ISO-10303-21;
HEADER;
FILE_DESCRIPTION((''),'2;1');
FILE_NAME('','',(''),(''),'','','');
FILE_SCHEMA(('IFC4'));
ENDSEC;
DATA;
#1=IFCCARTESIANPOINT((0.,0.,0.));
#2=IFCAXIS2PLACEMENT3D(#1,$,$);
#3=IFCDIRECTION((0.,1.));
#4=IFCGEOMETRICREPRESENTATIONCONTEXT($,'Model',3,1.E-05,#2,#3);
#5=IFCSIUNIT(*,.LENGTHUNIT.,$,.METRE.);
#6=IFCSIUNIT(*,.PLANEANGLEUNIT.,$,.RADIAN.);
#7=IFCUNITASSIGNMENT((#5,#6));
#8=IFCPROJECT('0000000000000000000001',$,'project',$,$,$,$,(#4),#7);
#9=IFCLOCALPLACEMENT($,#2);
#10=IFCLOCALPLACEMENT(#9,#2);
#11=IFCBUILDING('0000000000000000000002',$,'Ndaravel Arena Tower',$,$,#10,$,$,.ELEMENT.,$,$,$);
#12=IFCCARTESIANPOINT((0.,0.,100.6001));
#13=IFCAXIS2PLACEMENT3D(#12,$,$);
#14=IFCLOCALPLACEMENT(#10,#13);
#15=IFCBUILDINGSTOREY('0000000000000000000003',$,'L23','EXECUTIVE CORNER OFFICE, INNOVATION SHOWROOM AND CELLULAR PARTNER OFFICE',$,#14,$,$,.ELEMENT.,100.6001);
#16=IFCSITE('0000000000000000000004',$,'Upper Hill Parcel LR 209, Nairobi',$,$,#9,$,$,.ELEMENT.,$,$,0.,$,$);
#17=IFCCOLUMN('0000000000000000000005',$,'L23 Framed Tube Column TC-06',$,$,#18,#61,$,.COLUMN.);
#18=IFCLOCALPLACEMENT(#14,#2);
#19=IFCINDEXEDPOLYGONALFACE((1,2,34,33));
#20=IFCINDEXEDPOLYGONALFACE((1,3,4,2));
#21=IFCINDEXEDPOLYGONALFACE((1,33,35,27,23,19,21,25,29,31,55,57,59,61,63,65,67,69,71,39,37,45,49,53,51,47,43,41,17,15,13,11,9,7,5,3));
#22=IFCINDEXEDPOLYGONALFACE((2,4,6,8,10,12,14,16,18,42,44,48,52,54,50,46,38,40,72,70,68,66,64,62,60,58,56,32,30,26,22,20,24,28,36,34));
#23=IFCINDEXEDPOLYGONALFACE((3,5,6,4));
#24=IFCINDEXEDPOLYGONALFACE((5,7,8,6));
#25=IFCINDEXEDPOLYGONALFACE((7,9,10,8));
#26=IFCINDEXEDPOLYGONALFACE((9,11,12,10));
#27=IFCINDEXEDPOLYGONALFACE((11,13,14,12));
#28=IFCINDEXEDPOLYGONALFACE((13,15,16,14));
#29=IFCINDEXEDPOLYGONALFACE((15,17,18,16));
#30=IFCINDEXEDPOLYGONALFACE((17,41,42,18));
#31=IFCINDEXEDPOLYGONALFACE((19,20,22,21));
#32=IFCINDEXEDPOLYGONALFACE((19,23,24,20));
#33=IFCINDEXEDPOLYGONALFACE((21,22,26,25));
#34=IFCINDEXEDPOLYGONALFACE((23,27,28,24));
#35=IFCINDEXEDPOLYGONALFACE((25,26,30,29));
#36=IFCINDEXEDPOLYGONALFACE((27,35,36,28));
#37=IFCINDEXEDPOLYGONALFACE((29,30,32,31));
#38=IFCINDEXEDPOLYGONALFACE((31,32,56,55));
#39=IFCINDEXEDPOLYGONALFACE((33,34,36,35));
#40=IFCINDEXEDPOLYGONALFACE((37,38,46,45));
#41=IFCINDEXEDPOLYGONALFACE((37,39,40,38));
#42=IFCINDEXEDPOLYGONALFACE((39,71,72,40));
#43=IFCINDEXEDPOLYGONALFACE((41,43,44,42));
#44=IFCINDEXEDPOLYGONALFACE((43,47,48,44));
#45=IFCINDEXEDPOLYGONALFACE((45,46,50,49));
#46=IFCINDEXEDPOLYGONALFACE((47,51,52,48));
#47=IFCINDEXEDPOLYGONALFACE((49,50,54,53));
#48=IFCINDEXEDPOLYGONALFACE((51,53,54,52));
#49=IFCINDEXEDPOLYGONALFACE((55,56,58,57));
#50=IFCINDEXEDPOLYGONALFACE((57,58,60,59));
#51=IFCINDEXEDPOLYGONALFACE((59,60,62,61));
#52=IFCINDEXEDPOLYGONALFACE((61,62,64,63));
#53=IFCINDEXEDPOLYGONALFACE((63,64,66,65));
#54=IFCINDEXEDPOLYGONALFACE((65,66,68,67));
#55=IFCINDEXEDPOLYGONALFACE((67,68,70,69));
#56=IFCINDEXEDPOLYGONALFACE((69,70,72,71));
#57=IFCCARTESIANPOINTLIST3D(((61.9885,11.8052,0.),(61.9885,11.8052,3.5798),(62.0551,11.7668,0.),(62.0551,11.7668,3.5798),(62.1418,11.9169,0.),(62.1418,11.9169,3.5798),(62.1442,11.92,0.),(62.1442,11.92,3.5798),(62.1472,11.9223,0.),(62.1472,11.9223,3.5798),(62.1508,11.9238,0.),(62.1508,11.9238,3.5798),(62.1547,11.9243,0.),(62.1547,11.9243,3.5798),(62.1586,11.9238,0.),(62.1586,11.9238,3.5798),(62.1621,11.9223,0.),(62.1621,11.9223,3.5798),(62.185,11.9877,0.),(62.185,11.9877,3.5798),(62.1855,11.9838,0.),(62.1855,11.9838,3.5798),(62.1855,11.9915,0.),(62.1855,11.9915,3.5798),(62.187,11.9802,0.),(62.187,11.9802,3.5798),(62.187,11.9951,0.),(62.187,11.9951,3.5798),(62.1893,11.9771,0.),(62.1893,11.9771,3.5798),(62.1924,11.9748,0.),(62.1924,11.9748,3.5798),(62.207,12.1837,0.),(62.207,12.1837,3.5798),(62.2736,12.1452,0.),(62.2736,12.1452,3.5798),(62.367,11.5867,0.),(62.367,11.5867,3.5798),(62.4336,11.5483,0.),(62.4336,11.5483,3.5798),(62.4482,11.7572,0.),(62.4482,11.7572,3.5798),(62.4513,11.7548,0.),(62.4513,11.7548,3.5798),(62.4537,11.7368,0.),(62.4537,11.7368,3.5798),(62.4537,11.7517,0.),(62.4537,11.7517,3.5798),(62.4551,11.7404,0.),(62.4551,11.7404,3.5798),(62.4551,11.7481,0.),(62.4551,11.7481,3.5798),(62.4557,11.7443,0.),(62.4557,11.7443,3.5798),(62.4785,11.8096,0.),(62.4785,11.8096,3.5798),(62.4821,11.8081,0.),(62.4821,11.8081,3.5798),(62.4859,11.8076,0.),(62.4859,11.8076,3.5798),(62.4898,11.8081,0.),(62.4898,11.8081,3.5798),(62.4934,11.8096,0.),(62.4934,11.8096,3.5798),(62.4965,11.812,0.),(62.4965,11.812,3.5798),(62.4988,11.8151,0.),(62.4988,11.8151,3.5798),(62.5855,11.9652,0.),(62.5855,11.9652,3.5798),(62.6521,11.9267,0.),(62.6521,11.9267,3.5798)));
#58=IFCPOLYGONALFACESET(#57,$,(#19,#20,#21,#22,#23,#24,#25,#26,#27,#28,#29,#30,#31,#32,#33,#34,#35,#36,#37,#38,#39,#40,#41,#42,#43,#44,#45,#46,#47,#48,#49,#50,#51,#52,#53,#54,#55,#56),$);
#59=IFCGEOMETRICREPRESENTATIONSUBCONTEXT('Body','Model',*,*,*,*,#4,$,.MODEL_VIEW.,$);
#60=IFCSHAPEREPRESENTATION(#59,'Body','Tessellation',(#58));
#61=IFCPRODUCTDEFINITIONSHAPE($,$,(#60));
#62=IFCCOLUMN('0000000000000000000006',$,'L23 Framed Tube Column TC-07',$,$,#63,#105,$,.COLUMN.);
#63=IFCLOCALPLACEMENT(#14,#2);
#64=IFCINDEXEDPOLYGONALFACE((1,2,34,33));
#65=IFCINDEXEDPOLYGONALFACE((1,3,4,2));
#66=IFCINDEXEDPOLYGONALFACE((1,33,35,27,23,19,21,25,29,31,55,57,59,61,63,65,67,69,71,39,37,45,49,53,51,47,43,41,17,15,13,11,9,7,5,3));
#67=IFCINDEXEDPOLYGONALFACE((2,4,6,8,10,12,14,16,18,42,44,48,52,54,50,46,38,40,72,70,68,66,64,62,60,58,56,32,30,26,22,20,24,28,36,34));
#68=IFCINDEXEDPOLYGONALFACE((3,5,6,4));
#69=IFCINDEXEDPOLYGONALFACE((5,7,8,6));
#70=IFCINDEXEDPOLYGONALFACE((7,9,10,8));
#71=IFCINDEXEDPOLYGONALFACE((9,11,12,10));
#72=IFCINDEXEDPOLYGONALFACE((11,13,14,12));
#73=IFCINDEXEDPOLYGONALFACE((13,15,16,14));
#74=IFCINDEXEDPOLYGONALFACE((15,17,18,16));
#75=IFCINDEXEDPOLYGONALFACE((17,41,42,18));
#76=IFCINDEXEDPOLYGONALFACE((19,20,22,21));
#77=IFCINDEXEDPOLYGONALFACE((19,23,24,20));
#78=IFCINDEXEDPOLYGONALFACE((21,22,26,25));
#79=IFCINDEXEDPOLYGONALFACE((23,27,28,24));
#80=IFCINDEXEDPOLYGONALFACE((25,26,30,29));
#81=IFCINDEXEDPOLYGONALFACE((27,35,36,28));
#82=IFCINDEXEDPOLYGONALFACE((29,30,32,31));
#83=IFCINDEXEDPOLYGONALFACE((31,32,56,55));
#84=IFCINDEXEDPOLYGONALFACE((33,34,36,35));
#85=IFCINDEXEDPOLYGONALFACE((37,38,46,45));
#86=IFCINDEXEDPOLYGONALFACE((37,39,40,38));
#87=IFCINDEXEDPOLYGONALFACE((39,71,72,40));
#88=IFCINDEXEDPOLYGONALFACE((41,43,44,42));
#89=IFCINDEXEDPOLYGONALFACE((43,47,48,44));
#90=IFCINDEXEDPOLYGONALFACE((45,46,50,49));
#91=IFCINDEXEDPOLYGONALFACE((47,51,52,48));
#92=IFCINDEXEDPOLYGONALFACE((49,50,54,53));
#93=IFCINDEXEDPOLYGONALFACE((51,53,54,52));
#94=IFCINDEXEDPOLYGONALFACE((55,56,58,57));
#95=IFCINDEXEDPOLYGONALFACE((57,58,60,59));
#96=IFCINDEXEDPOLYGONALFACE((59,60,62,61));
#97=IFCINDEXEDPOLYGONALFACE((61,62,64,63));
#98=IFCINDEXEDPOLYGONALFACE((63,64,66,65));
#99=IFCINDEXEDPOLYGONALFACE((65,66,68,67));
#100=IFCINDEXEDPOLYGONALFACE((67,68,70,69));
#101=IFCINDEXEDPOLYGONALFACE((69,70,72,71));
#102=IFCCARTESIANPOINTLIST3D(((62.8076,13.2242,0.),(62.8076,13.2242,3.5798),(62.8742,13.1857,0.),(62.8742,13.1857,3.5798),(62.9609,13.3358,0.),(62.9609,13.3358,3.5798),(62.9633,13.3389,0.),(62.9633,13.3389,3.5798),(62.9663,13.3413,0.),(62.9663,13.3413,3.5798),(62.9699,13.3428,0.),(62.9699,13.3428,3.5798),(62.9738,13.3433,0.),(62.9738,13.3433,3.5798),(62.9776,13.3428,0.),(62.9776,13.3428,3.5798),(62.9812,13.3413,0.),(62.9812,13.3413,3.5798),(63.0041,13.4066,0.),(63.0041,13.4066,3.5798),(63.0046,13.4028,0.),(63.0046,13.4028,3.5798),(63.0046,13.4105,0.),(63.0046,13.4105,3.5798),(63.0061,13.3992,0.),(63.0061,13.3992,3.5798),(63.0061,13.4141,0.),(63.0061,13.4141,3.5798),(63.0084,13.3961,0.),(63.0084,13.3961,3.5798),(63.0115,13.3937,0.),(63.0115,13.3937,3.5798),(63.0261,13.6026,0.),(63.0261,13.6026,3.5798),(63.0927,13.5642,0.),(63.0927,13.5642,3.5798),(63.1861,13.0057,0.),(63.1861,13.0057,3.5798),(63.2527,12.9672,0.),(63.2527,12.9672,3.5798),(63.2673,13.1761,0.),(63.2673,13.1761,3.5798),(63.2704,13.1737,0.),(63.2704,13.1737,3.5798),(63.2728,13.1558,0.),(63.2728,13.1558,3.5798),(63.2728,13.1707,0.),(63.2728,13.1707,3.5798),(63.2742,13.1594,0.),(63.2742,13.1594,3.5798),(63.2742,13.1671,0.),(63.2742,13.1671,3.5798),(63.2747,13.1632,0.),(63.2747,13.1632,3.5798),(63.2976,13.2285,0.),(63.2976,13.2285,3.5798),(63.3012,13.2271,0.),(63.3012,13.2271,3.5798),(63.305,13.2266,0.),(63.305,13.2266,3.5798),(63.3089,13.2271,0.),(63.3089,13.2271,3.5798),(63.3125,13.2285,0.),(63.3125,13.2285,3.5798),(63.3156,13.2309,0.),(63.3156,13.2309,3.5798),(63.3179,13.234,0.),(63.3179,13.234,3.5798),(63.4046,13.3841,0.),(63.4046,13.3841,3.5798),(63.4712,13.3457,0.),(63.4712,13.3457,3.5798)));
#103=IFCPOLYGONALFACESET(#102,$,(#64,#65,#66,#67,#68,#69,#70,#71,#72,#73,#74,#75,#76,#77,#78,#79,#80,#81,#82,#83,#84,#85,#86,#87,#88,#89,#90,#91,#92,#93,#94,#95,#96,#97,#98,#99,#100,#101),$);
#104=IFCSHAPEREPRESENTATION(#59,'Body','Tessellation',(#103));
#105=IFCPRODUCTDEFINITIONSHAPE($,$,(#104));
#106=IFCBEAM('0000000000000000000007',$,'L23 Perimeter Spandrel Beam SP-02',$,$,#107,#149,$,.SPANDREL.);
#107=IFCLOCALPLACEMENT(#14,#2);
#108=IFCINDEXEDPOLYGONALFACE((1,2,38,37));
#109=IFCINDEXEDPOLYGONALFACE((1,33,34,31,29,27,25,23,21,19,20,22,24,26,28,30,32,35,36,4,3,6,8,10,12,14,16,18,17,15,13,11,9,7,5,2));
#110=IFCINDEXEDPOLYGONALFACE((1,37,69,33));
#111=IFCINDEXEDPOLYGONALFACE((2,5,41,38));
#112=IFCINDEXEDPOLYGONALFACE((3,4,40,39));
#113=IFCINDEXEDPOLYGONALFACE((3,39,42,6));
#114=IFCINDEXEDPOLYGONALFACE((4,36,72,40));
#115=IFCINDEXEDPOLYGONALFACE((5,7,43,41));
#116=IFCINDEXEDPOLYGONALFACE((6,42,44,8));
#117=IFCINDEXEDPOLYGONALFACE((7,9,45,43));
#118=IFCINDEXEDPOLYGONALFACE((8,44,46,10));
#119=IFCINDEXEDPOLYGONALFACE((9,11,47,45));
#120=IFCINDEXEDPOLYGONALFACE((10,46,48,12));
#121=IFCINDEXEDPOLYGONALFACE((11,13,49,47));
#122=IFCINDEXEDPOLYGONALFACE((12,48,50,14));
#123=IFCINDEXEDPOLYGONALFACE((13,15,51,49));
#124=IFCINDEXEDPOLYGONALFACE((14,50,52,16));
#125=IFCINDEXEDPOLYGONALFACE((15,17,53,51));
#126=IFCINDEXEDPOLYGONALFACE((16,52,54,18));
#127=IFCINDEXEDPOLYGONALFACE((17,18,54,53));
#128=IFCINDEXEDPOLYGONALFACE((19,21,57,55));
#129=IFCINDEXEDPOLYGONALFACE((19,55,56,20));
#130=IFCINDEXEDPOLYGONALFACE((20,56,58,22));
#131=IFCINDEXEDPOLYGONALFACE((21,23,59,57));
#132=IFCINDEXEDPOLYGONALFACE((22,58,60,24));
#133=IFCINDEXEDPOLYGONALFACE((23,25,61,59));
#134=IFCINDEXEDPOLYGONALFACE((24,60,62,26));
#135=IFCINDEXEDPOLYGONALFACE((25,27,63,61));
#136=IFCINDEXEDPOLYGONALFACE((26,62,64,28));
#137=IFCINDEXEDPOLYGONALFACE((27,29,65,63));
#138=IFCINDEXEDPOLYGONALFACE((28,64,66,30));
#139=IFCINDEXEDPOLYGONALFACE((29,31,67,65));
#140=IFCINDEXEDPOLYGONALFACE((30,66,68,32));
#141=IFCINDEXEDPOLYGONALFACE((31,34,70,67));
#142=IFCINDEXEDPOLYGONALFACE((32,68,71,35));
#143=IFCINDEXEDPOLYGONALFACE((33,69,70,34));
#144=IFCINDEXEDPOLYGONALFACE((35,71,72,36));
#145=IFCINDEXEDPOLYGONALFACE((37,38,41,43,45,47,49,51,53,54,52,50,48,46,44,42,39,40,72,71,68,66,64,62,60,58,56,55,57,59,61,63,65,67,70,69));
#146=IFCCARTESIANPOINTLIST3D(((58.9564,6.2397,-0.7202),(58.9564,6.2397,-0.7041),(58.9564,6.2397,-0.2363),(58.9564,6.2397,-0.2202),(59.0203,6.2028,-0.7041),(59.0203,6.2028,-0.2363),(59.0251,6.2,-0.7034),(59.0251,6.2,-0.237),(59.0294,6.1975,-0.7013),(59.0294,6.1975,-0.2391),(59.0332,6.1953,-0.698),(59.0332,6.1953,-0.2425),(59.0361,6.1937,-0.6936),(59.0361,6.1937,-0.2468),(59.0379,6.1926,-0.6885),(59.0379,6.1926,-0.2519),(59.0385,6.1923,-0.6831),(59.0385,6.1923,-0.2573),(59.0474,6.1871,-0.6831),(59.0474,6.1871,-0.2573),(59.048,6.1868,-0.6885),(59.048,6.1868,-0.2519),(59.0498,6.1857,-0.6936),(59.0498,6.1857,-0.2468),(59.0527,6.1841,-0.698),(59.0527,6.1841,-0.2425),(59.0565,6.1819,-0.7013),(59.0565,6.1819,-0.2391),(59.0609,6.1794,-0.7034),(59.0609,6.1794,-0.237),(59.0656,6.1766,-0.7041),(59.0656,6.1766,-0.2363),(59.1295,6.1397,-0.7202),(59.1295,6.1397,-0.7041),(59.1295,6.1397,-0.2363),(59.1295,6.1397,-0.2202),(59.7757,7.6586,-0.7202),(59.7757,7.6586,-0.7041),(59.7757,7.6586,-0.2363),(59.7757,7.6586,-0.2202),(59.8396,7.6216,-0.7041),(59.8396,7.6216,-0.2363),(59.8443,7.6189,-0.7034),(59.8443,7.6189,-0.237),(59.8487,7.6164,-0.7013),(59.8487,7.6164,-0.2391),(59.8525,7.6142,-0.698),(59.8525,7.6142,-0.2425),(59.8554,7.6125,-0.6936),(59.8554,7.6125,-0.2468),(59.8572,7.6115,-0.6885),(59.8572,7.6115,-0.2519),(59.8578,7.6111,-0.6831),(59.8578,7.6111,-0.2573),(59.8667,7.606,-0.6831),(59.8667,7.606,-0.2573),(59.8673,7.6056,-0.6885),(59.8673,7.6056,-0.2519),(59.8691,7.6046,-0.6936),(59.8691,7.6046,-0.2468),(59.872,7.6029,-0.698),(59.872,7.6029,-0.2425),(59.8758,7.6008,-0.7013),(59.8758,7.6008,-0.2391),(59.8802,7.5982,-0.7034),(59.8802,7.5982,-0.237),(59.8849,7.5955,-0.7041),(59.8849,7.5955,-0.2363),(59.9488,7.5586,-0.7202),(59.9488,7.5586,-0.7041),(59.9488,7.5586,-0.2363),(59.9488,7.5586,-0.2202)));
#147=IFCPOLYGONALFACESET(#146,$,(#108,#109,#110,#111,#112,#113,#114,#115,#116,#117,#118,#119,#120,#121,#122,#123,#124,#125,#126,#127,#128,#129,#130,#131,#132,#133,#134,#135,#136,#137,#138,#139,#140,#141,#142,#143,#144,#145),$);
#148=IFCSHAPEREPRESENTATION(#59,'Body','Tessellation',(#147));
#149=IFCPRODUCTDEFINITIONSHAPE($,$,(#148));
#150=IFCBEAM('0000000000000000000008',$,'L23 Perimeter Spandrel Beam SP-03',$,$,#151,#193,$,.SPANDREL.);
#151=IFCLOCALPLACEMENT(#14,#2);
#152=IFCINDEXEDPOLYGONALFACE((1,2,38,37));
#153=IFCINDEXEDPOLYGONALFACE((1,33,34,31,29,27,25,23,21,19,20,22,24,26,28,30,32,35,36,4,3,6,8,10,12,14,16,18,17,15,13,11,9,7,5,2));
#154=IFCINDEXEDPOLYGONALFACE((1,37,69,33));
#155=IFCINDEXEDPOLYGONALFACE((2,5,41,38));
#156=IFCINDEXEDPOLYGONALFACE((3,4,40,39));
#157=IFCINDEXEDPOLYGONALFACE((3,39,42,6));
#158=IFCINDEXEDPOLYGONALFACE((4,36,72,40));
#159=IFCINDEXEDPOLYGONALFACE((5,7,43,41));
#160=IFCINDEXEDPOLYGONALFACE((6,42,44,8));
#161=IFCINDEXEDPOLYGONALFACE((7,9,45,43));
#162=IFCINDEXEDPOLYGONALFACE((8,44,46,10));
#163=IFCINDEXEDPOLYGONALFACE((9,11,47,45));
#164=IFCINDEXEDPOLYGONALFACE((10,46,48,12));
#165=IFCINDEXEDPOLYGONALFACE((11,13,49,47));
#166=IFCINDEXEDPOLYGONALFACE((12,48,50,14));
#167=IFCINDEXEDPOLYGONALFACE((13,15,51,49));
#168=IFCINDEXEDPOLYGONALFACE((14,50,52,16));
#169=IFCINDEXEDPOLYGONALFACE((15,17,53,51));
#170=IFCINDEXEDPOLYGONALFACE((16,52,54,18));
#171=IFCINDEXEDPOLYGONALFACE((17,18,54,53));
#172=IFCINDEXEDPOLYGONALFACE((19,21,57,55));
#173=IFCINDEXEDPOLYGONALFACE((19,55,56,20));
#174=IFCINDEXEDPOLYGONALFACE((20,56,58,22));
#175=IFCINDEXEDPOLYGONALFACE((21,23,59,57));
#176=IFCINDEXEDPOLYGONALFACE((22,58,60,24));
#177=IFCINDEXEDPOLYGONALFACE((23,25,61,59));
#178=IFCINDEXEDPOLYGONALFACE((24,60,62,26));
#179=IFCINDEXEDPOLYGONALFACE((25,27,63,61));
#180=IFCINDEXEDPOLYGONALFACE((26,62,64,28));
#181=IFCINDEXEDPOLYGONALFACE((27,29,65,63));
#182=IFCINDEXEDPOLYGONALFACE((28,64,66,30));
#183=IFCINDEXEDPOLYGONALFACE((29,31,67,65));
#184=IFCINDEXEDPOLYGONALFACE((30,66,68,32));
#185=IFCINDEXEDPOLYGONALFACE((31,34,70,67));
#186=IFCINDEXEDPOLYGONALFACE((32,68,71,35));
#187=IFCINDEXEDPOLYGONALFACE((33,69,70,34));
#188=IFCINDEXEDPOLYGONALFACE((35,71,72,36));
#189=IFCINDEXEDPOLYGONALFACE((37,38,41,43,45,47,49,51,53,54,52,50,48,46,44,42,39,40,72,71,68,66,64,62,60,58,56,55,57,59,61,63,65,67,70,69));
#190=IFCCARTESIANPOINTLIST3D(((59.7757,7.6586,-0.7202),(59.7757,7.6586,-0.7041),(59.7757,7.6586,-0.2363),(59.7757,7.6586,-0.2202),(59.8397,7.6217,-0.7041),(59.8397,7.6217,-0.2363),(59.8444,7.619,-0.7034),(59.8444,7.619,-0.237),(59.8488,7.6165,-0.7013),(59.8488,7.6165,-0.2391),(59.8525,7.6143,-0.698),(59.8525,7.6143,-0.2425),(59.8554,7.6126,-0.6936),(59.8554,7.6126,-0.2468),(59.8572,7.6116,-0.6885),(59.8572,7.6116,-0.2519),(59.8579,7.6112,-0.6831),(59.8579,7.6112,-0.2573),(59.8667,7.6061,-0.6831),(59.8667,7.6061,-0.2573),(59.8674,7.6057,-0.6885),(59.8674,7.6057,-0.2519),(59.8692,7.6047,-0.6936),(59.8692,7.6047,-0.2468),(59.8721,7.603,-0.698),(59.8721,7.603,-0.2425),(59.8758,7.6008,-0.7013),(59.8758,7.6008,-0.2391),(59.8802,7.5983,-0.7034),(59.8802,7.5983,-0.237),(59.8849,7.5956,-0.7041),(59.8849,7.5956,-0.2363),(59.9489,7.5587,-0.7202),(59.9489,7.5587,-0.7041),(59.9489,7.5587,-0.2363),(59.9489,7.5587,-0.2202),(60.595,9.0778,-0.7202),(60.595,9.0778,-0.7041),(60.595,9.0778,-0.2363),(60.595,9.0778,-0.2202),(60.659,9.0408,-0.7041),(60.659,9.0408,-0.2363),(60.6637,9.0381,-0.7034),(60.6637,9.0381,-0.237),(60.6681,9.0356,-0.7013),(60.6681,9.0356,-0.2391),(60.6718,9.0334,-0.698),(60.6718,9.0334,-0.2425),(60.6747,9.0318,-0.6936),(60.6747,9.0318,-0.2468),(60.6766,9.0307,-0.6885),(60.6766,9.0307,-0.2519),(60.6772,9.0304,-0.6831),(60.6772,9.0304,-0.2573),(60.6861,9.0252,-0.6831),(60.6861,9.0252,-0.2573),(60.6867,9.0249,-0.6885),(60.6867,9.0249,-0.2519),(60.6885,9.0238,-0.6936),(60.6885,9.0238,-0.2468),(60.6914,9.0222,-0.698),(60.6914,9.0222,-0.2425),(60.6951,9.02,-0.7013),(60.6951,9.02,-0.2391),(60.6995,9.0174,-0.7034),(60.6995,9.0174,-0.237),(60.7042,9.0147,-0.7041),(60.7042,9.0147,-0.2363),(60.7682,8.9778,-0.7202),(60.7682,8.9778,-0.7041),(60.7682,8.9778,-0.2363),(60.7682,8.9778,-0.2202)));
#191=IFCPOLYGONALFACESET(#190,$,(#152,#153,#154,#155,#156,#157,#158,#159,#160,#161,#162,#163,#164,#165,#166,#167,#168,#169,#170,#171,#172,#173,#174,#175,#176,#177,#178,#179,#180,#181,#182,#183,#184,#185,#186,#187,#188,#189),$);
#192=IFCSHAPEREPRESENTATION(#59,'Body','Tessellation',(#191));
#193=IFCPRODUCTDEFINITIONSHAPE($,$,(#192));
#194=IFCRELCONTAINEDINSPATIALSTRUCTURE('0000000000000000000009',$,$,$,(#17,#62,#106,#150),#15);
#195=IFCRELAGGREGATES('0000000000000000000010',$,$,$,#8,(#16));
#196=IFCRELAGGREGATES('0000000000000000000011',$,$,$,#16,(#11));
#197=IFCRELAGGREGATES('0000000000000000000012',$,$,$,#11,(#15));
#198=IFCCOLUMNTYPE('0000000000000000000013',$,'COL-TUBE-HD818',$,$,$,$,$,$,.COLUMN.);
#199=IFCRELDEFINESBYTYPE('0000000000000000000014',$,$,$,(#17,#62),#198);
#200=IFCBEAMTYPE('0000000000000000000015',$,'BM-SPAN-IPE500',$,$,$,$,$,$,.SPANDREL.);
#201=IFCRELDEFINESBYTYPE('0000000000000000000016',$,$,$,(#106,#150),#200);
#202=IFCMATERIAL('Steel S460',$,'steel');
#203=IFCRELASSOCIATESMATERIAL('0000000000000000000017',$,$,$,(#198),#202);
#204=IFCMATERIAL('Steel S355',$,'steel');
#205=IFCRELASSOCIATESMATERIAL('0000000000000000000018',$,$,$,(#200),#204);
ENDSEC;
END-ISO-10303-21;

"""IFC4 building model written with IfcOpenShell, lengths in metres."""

from ifc_helpers import new_model, si_unit, direction, frame, origin, origin_2d, place, context, subcontext, project, spatial, i_section, extrude, material, material_profile, profile_set, type_object, element, save


model = new_model("IFC4")

# Units and contexts
model_context = context("Model", 3, precision=1e-05, world=origin(), true_north=direction((0.0, 1.0)))
body_context = subcontext(model_context, "Body", "Model", "MODEL_VIEW")
ifc_project = project(units=[si_unit("LENGTHUNIT", "METRE"), si_unit("PLANEANGLEUNIT", "RADIAN")], contexts=[model_context])

# Site, building, storey
site_placement = place(None, origin())
site = spatial("IfcSite", under=ifc_project, at=site_placement, Name="Upper Hill Parcel LR 209, Nairobi", CompositionType="ELEMENT", RefElevation=0.0)
building_placement = place(site_placement, origin())
building = spatial("IfcBuilding", under=site, at=building_placement, Name="Ndaravel Arena Tower", CompositionType="ELEMENT")
storey_placement = place(building_placement, frame((0.0, 0.0, 100.6001)))
storey = spatial("IfcBuildingStorey", under=building, at=storey_placement, Name="L23", Description="EXECUTIVE CORNER OFFICE, INNOVATION SHOWROOM AND CELLULAR PARTNER OFFICE", CompositionType="ELEMENT", Elevation=100.6001)

# Columns
ifc_material_1 = material(Name="Steel S460", Category="steel")
ifc_material_profile_1 = material_profile(ifc_material_1, i_section(OverallWidth=0.437, OverallDepth=0.5139, WebThickness=0.0605, FlangeThickness=0.0769, FilletRadius=0.0149, at=origin_2d()), Name="HD 400x818")
ifc_profile_set_1 = profile_set([ifc_material_profile_1], Name="Steel S460")
column_type = type_object("IfcColumnType", Name="COL-TUBE-HD818", PredefinedType="COLUMN", material=ifc_profile_set_1)
for number, where, z_axis, x_axis, name in (
    (1, (62.3203, 11.866, 0.0), (0.0, 0.0, 1.0), (0.5, 0.866025, 0.0), "L23 Framed Tube Column TC-06"),
    (2, (63.1394, 13.2849, 0.0), (0.0, 0.0, 1.0), (0.5, 0.866025, 0.0), "L23 Framed Tube Column TC-07"),
):
    element("IfcColumn", number, at=place(storey_placement, frame(where, z_axis=z_axis, x_axis=x_axis)), inside=storey, type_object=column_type, Name=name, PredefinedType="COLUMN", context=body_context, shape_type="SweptSolid", body=[
        extrude(i_section(OverallWidth=0.437, OverallDepth=0.5139, WebThickness=0.0605, FlangeThickness=0.0769, FilletRadius=0.0149, at=origin_2d()), origin(), (0.0, 0.0, 1.0), 3.5798),
    ])

# Beams
ifc_material_2 = material(Name="Steel S355", Category="steel")
ifc_material_profile_2 = material_profile(ifc_material_2, i_section(OverallWidth=0.2, OverallDepth=0.5, WebThickness=0.0103, FlangeThickness=0.0161, FilletRadius=0.021, at=origin_2d()), Name="IPE 500")
ifc_profile_set_2 = profile_set([ifc_material_profile_2], Name="Steel S355")
beam_type = type_object("IfcBeamType", Name="BM-SPAN-IPE500", PredefinedType="SPANDREL", material=ifc_profile_set_2)
beam_1_placement = place(storey_placement, frame((59.043, 6.1897, -0.4702), z_axis=(0.500049, 0.865997, 0.0), x_axis=(-0.865997, 0.500049, 0.0)))
element("IfcBeam", 3, at=beam_1_placement, inside=storey, type_object=beam_type, Name="L23 Perimeter Spandrel Beam SP-02", PredefinedType="SPANDREL", context=body_context, shape_type="SweptSolid", body=[
    extrude(i_section(OverallWidth=0.2, OverallDepth=0.5, WebThickness=0.0103, FlangeThickness=0.0161, FilletRadius=0.021, at=origin_2d()), origin(), (0.0, 0.0, 1.0), 1.6384),
])
beam_2_placement = place(storey_placement, frame((59.8623, 7.6086, -0.4702), z_axis=(0.499985, 0.866034, 0.0), x_axis=(-0.866034, 0.499985, 0.0)))
element("IfcBeam", 4, at=beam_2_placement, inside=storey, type_object=beam_type, Name="L23 Perimeter Spandrel Beam SP-03", PredefinedType="SPANDREL", context=body_context, shape_type="SweptSolid", body=[
    extrude(i_section(OverallWidth=0.2, OverallDepth=0.5, WebThickness=0.0103, FlangeThickness=0.0161, FilletRadius=0.021, at=origin_2d()), origin(), (0.0, 0.0, 1.0), 1.6387),
])

save(model, "model.ifc")
